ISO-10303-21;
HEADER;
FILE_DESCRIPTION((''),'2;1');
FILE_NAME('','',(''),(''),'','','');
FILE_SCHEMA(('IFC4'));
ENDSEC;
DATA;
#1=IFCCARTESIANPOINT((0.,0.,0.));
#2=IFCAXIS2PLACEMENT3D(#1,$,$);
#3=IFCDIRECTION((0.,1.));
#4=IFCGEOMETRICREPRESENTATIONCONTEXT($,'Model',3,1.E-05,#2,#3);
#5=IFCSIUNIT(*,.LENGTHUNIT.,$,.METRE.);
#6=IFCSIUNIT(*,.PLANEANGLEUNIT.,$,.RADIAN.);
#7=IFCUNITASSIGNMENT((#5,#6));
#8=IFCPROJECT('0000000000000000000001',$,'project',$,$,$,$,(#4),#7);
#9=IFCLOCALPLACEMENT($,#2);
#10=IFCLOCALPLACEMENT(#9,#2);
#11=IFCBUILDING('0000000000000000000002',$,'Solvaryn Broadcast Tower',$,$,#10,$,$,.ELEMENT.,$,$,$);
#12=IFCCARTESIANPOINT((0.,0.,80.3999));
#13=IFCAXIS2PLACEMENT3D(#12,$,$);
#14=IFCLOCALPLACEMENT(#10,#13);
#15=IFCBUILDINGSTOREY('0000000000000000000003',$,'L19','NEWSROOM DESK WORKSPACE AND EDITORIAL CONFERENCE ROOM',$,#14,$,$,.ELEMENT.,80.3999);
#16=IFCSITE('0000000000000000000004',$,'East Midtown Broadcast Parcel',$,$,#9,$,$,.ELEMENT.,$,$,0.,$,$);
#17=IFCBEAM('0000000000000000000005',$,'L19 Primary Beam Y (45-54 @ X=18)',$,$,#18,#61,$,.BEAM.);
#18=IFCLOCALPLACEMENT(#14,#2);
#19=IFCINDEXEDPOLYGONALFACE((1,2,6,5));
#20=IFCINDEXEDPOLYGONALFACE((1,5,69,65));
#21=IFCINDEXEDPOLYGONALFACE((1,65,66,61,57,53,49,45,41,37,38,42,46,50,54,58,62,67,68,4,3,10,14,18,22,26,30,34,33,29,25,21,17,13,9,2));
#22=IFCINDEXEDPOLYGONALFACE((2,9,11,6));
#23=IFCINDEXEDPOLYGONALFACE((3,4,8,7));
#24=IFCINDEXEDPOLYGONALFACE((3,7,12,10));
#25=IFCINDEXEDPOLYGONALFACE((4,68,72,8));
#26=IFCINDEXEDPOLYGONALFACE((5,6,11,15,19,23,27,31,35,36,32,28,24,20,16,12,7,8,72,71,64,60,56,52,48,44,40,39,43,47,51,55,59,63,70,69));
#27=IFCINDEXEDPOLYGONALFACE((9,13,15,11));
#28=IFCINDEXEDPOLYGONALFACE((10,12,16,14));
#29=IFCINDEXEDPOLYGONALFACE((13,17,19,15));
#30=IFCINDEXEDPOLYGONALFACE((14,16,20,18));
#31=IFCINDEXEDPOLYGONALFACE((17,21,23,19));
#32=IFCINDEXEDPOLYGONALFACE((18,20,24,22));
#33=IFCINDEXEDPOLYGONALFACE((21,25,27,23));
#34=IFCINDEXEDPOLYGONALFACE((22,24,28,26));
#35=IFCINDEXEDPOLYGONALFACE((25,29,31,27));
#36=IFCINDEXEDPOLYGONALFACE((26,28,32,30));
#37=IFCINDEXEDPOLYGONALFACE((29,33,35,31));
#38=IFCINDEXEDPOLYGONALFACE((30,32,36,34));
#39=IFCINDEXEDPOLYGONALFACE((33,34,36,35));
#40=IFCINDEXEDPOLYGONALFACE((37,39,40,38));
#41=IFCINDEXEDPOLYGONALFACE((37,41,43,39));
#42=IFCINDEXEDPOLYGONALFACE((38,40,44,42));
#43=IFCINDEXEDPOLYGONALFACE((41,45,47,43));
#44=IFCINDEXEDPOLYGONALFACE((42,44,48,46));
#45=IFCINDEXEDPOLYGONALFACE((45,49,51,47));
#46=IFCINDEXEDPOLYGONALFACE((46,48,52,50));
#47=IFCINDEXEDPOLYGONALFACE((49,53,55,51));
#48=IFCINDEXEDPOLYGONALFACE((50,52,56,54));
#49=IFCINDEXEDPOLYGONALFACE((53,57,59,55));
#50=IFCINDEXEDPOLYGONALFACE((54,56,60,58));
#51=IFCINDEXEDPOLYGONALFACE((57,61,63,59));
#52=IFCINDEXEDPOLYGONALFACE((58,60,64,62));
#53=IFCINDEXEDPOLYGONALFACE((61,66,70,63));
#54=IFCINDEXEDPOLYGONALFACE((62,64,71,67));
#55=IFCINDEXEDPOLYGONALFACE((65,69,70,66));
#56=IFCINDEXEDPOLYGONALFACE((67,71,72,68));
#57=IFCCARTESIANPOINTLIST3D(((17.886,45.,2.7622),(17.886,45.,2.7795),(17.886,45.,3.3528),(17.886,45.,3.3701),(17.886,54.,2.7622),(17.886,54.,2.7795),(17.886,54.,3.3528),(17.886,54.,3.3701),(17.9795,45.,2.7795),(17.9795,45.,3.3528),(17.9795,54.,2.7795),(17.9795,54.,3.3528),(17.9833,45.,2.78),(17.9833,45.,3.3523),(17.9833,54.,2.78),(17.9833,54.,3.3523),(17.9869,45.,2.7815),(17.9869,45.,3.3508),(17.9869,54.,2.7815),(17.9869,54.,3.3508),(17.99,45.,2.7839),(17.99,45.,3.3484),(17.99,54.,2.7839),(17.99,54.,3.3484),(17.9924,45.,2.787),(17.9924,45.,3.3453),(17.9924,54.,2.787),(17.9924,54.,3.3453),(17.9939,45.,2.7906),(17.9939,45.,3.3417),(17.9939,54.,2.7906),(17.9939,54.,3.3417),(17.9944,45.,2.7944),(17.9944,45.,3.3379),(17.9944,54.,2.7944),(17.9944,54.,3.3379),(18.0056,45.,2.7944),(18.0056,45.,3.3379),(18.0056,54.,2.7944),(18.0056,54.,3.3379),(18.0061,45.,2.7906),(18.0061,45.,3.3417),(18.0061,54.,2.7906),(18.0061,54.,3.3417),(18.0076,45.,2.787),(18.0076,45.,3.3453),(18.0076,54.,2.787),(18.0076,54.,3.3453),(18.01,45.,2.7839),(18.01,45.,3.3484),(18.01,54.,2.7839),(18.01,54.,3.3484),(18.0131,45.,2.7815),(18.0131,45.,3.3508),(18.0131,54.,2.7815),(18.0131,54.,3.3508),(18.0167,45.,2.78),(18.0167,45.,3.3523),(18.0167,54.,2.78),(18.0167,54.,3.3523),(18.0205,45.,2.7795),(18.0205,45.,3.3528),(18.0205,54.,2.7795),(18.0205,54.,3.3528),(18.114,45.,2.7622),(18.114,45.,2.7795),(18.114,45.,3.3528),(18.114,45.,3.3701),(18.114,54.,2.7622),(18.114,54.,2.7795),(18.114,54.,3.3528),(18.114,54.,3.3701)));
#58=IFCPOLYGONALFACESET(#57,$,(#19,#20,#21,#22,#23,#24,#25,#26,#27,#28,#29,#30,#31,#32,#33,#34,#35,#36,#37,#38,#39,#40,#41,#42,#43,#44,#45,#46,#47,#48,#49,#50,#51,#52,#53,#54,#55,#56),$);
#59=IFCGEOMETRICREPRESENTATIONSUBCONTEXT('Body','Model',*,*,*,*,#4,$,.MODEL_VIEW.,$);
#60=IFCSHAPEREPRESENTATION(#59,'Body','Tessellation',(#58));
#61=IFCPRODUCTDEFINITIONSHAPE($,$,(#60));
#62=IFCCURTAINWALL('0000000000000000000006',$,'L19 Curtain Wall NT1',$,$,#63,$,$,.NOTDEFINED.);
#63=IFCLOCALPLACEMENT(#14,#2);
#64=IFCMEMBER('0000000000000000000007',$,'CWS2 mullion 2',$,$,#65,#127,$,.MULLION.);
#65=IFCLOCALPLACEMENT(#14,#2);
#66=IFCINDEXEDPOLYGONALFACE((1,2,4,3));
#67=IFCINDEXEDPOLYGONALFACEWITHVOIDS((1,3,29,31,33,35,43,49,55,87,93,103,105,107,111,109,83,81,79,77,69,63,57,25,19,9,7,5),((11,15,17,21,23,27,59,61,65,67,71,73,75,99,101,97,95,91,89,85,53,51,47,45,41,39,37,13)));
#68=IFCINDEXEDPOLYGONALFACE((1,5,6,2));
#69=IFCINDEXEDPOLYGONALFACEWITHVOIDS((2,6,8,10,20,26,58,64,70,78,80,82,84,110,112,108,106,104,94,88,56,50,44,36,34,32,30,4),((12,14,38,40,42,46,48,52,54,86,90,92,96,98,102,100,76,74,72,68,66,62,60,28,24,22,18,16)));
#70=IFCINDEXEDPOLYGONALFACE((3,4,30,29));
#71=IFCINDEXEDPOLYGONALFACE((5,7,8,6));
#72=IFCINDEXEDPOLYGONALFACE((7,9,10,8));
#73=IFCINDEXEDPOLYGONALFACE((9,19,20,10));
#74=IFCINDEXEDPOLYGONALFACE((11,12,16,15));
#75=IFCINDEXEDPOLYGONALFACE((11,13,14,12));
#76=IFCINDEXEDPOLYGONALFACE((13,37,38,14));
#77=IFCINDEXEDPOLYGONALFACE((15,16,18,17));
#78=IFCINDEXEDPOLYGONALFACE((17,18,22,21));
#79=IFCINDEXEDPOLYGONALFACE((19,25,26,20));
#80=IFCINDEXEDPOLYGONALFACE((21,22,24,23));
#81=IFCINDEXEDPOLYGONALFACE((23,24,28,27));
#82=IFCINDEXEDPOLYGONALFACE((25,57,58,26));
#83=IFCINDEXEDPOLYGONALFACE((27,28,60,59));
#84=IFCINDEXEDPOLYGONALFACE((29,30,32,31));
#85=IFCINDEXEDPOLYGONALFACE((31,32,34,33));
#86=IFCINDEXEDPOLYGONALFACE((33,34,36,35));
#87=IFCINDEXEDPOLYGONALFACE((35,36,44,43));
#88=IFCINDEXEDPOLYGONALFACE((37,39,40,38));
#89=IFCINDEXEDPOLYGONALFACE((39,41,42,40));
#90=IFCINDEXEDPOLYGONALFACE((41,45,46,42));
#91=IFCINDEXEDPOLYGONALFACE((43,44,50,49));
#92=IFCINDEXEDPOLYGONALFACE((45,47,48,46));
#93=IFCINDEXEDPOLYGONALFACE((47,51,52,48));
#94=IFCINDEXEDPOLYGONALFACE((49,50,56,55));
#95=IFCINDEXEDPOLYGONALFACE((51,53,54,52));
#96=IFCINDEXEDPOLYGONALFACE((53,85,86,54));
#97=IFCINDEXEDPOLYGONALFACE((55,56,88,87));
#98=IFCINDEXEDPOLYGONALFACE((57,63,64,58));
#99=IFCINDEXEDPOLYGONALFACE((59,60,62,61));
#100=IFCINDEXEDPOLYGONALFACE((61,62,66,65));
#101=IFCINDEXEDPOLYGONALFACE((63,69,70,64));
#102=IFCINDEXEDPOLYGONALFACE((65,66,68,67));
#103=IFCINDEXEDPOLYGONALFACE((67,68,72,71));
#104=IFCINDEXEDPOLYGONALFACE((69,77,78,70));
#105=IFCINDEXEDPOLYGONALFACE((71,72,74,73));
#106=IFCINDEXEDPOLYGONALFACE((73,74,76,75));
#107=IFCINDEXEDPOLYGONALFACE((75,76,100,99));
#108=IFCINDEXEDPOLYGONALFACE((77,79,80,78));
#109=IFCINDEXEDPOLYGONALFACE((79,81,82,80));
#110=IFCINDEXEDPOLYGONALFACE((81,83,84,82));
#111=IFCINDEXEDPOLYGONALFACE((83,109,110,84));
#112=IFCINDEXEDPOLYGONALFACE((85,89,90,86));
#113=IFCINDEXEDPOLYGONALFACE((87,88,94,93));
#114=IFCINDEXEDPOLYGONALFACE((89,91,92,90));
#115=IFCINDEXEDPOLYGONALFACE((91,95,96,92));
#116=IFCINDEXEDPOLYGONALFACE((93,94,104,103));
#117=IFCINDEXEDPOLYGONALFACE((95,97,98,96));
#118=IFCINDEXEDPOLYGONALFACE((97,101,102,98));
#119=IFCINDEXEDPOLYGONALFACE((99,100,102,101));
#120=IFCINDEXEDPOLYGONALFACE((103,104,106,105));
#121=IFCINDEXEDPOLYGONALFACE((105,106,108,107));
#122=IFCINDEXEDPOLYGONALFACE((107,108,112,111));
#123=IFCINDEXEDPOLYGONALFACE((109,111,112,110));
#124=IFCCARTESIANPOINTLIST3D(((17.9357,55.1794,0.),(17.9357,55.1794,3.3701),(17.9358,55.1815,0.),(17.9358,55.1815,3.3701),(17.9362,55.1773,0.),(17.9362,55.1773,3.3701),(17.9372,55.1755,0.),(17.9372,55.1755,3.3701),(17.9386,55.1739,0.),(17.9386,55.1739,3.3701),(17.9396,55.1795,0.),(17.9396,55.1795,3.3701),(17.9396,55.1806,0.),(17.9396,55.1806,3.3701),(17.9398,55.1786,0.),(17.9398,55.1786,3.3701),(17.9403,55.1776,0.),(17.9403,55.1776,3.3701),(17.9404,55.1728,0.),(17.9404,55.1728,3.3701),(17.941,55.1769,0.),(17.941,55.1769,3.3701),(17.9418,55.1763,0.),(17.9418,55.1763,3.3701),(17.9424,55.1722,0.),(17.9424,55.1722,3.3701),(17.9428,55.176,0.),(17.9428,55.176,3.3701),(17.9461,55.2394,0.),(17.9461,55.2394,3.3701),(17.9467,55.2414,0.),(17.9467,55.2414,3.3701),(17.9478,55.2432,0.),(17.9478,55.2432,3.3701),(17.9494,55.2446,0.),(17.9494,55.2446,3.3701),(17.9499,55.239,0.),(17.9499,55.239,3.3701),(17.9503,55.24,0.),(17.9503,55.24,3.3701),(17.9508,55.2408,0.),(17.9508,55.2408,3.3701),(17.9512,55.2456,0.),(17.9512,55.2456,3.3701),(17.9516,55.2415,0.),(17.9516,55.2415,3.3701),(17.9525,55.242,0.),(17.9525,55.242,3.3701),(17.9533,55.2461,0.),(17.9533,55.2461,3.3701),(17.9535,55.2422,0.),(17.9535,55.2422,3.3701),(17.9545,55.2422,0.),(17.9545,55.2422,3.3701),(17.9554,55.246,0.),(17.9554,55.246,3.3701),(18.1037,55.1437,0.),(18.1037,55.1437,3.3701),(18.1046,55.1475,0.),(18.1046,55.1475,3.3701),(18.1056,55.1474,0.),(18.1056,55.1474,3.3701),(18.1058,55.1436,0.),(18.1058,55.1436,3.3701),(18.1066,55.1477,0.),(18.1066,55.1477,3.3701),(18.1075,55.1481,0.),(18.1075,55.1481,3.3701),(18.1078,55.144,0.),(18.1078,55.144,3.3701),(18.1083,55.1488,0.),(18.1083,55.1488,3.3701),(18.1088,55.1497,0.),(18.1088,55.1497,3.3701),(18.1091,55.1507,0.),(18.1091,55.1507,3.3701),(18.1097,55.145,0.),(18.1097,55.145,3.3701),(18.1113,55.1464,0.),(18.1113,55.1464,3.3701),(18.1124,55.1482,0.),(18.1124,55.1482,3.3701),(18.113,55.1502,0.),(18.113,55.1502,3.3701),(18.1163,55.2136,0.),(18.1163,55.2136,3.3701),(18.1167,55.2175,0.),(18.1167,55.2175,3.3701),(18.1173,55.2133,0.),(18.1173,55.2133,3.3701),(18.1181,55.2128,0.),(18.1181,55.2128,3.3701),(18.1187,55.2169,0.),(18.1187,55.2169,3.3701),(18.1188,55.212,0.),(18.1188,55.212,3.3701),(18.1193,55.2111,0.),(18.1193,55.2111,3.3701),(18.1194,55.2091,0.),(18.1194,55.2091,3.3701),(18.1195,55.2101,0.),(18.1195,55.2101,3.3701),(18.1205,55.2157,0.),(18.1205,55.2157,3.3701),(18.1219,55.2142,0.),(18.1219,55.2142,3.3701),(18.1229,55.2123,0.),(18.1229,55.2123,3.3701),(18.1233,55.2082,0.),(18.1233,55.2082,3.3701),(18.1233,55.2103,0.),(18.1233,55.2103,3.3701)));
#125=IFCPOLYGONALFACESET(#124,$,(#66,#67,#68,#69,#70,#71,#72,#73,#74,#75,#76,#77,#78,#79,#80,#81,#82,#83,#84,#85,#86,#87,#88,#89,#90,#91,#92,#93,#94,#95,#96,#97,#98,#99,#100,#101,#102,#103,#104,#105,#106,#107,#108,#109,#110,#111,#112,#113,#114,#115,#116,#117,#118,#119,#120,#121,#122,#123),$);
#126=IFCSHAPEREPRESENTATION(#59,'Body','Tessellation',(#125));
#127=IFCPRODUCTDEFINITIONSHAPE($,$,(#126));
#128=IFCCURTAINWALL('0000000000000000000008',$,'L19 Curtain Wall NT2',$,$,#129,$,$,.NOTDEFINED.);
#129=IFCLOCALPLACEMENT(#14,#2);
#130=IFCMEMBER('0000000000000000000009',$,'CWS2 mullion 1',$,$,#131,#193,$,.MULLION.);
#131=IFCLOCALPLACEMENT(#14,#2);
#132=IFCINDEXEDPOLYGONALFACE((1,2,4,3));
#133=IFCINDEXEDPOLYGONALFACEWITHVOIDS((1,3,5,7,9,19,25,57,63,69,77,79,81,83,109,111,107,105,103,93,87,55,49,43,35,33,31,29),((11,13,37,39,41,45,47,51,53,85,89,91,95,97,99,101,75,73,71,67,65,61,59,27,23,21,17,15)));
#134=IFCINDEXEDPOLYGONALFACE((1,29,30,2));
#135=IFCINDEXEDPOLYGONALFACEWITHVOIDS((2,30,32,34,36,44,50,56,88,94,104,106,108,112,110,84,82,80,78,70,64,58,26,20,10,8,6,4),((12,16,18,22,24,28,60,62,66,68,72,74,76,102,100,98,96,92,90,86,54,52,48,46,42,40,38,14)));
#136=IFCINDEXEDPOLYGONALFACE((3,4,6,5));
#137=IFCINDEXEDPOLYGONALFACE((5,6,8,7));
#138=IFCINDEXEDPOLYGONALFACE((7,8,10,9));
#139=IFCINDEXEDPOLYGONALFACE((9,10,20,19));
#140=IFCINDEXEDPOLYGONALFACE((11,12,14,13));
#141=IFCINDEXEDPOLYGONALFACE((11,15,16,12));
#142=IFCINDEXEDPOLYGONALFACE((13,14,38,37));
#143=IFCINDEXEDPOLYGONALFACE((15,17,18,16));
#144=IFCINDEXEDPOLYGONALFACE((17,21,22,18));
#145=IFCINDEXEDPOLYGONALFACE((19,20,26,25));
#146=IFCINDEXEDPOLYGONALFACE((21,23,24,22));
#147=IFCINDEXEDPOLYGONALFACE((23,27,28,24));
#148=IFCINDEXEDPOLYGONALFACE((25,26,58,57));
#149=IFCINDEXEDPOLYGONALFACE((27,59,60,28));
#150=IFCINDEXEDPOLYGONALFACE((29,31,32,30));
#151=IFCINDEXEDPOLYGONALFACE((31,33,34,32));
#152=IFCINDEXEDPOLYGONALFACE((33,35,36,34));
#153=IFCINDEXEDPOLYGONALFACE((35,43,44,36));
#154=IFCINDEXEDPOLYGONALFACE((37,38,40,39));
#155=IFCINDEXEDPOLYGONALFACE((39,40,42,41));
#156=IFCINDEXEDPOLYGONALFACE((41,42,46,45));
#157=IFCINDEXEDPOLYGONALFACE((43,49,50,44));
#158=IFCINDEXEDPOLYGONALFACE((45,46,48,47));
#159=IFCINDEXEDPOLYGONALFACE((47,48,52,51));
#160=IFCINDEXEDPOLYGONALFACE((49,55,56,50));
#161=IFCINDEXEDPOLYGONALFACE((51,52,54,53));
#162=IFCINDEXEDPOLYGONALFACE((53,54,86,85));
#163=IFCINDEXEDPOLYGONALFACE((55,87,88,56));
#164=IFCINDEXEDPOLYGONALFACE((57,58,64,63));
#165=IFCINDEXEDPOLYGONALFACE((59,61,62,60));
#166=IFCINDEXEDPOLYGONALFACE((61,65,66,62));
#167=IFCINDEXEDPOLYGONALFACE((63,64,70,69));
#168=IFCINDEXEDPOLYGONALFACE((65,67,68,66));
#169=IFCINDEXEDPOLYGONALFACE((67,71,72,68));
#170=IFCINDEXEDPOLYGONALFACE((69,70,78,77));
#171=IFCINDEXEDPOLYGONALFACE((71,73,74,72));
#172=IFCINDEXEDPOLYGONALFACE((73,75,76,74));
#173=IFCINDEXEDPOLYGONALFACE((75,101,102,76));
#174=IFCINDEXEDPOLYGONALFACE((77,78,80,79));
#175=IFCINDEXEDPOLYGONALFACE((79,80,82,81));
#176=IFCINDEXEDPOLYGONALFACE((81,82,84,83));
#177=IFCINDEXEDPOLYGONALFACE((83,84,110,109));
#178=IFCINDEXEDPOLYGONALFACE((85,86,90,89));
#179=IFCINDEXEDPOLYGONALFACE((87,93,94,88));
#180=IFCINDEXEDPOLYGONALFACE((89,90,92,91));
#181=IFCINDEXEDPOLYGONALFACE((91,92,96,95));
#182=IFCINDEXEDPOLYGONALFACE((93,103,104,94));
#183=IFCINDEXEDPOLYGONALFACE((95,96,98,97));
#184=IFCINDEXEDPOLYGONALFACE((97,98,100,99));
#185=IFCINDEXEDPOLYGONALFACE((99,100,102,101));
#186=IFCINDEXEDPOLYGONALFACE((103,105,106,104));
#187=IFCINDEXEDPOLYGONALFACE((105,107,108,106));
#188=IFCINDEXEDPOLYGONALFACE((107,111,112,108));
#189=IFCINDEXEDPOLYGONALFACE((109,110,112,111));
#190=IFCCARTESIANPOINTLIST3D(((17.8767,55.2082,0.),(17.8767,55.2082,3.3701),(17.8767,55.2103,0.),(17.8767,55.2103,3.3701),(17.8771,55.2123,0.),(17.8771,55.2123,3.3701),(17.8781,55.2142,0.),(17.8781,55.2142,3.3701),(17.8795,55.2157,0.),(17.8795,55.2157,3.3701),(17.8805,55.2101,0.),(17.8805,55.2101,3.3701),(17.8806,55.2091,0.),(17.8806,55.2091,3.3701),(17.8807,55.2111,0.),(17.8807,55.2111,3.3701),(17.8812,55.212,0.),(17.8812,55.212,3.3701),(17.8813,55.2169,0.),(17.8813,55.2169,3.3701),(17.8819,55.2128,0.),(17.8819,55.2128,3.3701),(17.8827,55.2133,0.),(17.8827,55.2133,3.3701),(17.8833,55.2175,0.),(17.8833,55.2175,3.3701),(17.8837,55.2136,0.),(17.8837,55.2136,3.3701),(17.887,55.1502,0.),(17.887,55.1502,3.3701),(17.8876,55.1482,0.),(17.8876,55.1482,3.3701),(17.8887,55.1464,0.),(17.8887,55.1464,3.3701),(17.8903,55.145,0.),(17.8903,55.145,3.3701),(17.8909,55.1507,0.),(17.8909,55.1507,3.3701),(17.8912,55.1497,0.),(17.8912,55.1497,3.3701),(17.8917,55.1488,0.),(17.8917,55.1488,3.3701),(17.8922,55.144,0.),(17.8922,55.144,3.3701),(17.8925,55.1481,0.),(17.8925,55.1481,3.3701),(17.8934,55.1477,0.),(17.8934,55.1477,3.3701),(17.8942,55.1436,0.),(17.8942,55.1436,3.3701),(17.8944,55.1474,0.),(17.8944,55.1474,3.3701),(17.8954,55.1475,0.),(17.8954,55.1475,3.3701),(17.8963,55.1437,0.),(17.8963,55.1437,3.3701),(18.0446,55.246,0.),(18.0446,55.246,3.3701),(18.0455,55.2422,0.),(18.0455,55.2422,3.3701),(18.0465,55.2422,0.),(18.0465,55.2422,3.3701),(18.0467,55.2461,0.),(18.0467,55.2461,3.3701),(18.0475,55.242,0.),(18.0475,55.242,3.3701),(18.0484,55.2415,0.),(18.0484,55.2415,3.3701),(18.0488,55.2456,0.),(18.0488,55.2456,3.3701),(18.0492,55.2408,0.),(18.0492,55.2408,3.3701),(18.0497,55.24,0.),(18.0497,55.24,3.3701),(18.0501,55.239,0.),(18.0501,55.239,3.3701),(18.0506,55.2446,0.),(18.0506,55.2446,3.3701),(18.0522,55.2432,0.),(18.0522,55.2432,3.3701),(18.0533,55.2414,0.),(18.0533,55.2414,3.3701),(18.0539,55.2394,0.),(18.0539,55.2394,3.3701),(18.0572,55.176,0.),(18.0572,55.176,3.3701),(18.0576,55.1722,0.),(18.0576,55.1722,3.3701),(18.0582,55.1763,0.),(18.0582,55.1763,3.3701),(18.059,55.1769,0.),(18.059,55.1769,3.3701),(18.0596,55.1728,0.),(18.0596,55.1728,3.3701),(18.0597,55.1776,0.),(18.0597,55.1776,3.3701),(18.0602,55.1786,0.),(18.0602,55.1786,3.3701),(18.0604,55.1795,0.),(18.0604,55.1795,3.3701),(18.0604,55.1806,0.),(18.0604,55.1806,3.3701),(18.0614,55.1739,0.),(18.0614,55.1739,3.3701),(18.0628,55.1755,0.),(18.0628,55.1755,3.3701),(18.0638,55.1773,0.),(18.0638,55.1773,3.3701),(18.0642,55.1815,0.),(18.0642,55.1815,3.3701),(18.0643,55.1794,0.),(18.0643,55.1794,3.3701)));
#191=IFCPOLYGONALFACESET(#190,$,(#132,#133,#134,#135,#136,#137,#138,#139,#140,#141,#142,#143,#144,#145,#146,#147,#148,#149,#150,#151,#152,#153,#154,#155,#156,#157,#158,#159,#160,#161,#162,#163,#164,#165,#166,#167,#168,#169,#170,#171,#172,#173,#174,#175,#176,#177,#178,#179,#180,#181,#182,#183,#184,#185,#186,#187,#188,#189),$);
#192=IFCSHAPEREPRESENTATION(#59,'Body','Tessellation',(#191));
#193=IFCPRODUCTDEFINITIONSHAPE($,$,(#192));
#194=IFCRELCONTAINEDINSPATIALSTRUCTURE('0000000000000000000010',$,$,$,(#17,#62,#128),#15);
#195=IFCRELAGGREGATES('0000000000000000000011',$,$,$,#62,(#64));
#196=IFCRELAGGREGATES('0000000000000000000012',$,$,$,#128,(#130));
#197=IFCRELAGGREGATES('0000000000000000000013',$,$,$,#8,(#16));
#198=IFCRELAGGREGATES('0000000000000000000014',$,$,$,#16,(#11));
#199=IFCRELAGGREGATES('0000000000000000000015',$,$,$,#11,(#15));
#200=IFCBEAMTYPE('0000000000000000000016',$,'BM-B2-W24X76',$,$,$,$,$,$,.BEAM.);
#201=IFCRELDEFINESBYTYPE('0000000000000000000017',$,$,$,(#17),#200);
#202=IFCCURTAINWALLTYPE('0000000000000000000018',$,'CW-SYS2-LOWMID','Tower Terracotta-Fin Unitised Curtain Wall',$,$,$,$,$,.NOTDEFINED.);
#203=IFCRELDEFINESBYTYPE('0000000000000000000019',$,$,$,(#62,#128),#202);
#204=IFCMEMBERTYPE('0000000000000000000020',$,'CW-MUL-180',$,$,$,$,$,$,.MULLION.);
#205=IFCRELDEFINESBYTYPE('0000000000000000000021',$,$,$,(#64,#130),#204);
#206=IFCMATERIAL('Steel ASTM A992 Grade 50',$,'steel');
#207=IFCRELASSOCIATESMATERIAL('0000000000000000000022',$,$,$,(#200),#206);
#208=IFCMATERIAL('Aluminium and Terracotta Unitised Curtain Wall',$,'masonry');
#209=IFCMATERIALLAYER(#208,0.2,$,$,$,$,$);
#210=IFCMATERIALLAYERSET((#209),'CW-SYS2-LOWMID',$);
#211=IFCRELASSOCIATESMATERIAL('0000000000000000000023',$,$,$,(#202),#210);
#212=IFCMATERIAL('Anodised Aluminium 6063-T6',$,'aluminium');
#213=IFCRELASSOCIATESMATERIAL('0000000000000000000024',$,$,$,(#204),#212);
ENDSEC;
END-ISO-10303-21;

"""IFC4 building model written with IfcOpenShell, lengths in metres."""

from ifc_helpers import new_model, si_unit, direction, frame, origin, origin_2d, place, context, subcontext, project, spatial, hollow_rectangle, i_section, extrude, material, layer, layer_set, material_profile, profile_set, type_object, element, aggregate, save


model = new_model("IFC4")

# Units and contexts
model_context = context("Model", 3, precision=1e-05, world=origin(), true_north=direction((0.0, 1.0)))
body_context = subcontext(model_context, "Body", "Model", "MODEL_VIEW")
ifc_project = project(units=[si_unit("LENGTHUNIT", "METRE"), si_unit("PLANEANGLEUNIT", "RADIAN")], contexts=[model_context])

# Site, building, storey
site_placement = place(None, origin())
site = spatial("IfcSite", under=ifc_project, at=site_placement, Name="East Midtown Broadcast Parcel", CompositionType="ELEMENT", RefElevation=0.0)
building_placement = place(site_placement, origin())
building = spatial("IfcBuilding", under=site, at=building_placement, Name="Solvaryn Broadcast Tower", CompositionType="ELEMENT")
storey_placement = place(building_placement, frame((0.0, 0.0, 80.3999)))
storey = spatial("IfcBuildingStorey", under=building, at=storey_placement, Name="L19", Description="NEWSROOM DESK WORKSPACE AND EDITORIAL CONFERENCE ROOM", CompositionType="ELEMENT", Elevation=80.3999)

# Beam
ifc_material_1 = material(Name="Steel ASTM A992 Grade 50", Category="steel")
ifc_material_profile_1 = material_profile(ifc_material_1, i_section(OverallWidth=0.228, OverallDepth=0.6079, WebThickness=0.0112, FlangeThickness=0.0173, FilletRadius=0.0149, at=origin_2d()))
ifc_profile_set_1 = profile_set([ifc_material_profile_1], Name="Steel ASTM A992 Grade 50")
beam_type_1 = type_object("IfcBeamType", Name="BM-B2-W24X76", PredefinedType="BEAM", material=ifc_profile_set_1)
beam_1_placement = place(storey_placement, frame((18.0, 45.0, 3.0662), z_axis=(0.0, 1.0, 0.0), x_axis=(-1.0, 0.0, 0.0)))
element("IfcBeam", 1, at=beam_1_placement, inside=storey, type_object=beam_type_1, Name="L19 Primary Beam Y (45-54 @ X=18)", PredefinedType="BEAM", context=body_context, shape_type="SweptSolid", body=[
    extrude(i_section(OverallWidth=0.228, OverallDepth=0.6079, WebThickness=0.0112, FlangeThickness=0.0173, FilletRadius=0.0149, at=origin_2d()), origin(), (0.0, 0.0, 1.0), 9.0),
])

# Curtain walls, members
ifc_material_2 = material(Name="Aluminium and Terracotta Unitised Curtain Wall", Category="masonry")
ifc_layer_1 = layer(ifc_material_2, 0.2)
ifc_layer_set_1 = layer_set([ifc_layer_1], Name="CW-SYS2-LOWMID")
curtain_wall_type = type_object("IfcCurtainWallType", Name="CW-SYS2-LOWMID", Description="Tower Terracotta-Fin Unitised Curtain Wall", PredefinedType="NOTDEFINED", material=ifc_layer_set_1)
curtain_wall_1_placement = place(storey_placement, origin())
curtain_wall_1 = element("IfcCurtainWall", 2, at=curtain_wall_1_placement, inside=storey, type_object=curtain_wall_type, Name="L19 Curtain Wall NT1", PredefinedType="NOTDEFINED")
ifc_material_3 = material(Name="Anodised Aluminium 6063-T6", Category="aluminium")
ifc_material_profile_2 = material_profile(ifc_material_3, hollow_rectangle(XDim=0.075, YDim=0.1799, WallThickness=0.0039, InnerFilletRadius=0.0039, OuterFilletRadius=0.0081, at=origin_2d()))
ifc_profile_set_2 = profile_set([ifc_material_profile_2], Name="Anodised Aluminium 6063-T6")
member_type_1 = type_object("IfcMemberType", Name="CW-MUL-180", PredefinedType="MULLION", material=ifc_profile_set_2)
member_1_placement = place(storey_placement, frame((18.0295, 55.1948, 0.0), z_axis=(0.0, 0.0, 1.0), x_axis=(-0.173785, -0.984784, 0.0)))
member_1 = element("IfcMember", 3, at=member_1_placement, type_object=member_type_1, Name="CWS2 mullion 2", PredefinedType="MULLION", context=body_context, shape_type="SweptSolid", body=[
    extrude(hollow_rectangle(XDim=0.075, YDim=0.1799, WallThickness=0.0039, InnerFilletRadius=0.0039, OuterFilletRadius=0.0081, at=origin_2d()), origin(), (0.0, 0.0, 1.0), 3.3701),
])
curtain_wall_2_placement = place(storey_placement, origin())
curtain_wall_2 = element("IfcCurtainWall", 4, at=curtain_wall_2_placement, inside=storey, type_object=curtain_wall_type, Name="L19 Curtain Wall NT2", PredefinedType="NOTDEFINED")
member_2_placement = place(storey_placement, frame((17.9705, 55.1948, 0.0), z_axis=(0.0, 0.0, 1.0), x_axis=(0.173785, -0.984784, 0.0)))
member_2 = element("IfcMember", 5, at=member_2_placement, type_object=member_type_1, Name="CWS2 mullion 1", PredefinedType="MULLION", context=body_context, shape_type="SweptSolid", body=[
    extrude(hollow_rectangle(XDim=0.075, YDim=0.1799, WallThickness=0.0039, InnerFilletRadius=0.0039, OuterFilletRadius=0.0081, at=origin_2d()), origin(), (0.0, 0.0, 1.0), 3.3701),
])

aggregate(curtain_wall_1, [member_1])
aggregate(curtain_wall_2, [member_2])

save(model, "model.ifc")
